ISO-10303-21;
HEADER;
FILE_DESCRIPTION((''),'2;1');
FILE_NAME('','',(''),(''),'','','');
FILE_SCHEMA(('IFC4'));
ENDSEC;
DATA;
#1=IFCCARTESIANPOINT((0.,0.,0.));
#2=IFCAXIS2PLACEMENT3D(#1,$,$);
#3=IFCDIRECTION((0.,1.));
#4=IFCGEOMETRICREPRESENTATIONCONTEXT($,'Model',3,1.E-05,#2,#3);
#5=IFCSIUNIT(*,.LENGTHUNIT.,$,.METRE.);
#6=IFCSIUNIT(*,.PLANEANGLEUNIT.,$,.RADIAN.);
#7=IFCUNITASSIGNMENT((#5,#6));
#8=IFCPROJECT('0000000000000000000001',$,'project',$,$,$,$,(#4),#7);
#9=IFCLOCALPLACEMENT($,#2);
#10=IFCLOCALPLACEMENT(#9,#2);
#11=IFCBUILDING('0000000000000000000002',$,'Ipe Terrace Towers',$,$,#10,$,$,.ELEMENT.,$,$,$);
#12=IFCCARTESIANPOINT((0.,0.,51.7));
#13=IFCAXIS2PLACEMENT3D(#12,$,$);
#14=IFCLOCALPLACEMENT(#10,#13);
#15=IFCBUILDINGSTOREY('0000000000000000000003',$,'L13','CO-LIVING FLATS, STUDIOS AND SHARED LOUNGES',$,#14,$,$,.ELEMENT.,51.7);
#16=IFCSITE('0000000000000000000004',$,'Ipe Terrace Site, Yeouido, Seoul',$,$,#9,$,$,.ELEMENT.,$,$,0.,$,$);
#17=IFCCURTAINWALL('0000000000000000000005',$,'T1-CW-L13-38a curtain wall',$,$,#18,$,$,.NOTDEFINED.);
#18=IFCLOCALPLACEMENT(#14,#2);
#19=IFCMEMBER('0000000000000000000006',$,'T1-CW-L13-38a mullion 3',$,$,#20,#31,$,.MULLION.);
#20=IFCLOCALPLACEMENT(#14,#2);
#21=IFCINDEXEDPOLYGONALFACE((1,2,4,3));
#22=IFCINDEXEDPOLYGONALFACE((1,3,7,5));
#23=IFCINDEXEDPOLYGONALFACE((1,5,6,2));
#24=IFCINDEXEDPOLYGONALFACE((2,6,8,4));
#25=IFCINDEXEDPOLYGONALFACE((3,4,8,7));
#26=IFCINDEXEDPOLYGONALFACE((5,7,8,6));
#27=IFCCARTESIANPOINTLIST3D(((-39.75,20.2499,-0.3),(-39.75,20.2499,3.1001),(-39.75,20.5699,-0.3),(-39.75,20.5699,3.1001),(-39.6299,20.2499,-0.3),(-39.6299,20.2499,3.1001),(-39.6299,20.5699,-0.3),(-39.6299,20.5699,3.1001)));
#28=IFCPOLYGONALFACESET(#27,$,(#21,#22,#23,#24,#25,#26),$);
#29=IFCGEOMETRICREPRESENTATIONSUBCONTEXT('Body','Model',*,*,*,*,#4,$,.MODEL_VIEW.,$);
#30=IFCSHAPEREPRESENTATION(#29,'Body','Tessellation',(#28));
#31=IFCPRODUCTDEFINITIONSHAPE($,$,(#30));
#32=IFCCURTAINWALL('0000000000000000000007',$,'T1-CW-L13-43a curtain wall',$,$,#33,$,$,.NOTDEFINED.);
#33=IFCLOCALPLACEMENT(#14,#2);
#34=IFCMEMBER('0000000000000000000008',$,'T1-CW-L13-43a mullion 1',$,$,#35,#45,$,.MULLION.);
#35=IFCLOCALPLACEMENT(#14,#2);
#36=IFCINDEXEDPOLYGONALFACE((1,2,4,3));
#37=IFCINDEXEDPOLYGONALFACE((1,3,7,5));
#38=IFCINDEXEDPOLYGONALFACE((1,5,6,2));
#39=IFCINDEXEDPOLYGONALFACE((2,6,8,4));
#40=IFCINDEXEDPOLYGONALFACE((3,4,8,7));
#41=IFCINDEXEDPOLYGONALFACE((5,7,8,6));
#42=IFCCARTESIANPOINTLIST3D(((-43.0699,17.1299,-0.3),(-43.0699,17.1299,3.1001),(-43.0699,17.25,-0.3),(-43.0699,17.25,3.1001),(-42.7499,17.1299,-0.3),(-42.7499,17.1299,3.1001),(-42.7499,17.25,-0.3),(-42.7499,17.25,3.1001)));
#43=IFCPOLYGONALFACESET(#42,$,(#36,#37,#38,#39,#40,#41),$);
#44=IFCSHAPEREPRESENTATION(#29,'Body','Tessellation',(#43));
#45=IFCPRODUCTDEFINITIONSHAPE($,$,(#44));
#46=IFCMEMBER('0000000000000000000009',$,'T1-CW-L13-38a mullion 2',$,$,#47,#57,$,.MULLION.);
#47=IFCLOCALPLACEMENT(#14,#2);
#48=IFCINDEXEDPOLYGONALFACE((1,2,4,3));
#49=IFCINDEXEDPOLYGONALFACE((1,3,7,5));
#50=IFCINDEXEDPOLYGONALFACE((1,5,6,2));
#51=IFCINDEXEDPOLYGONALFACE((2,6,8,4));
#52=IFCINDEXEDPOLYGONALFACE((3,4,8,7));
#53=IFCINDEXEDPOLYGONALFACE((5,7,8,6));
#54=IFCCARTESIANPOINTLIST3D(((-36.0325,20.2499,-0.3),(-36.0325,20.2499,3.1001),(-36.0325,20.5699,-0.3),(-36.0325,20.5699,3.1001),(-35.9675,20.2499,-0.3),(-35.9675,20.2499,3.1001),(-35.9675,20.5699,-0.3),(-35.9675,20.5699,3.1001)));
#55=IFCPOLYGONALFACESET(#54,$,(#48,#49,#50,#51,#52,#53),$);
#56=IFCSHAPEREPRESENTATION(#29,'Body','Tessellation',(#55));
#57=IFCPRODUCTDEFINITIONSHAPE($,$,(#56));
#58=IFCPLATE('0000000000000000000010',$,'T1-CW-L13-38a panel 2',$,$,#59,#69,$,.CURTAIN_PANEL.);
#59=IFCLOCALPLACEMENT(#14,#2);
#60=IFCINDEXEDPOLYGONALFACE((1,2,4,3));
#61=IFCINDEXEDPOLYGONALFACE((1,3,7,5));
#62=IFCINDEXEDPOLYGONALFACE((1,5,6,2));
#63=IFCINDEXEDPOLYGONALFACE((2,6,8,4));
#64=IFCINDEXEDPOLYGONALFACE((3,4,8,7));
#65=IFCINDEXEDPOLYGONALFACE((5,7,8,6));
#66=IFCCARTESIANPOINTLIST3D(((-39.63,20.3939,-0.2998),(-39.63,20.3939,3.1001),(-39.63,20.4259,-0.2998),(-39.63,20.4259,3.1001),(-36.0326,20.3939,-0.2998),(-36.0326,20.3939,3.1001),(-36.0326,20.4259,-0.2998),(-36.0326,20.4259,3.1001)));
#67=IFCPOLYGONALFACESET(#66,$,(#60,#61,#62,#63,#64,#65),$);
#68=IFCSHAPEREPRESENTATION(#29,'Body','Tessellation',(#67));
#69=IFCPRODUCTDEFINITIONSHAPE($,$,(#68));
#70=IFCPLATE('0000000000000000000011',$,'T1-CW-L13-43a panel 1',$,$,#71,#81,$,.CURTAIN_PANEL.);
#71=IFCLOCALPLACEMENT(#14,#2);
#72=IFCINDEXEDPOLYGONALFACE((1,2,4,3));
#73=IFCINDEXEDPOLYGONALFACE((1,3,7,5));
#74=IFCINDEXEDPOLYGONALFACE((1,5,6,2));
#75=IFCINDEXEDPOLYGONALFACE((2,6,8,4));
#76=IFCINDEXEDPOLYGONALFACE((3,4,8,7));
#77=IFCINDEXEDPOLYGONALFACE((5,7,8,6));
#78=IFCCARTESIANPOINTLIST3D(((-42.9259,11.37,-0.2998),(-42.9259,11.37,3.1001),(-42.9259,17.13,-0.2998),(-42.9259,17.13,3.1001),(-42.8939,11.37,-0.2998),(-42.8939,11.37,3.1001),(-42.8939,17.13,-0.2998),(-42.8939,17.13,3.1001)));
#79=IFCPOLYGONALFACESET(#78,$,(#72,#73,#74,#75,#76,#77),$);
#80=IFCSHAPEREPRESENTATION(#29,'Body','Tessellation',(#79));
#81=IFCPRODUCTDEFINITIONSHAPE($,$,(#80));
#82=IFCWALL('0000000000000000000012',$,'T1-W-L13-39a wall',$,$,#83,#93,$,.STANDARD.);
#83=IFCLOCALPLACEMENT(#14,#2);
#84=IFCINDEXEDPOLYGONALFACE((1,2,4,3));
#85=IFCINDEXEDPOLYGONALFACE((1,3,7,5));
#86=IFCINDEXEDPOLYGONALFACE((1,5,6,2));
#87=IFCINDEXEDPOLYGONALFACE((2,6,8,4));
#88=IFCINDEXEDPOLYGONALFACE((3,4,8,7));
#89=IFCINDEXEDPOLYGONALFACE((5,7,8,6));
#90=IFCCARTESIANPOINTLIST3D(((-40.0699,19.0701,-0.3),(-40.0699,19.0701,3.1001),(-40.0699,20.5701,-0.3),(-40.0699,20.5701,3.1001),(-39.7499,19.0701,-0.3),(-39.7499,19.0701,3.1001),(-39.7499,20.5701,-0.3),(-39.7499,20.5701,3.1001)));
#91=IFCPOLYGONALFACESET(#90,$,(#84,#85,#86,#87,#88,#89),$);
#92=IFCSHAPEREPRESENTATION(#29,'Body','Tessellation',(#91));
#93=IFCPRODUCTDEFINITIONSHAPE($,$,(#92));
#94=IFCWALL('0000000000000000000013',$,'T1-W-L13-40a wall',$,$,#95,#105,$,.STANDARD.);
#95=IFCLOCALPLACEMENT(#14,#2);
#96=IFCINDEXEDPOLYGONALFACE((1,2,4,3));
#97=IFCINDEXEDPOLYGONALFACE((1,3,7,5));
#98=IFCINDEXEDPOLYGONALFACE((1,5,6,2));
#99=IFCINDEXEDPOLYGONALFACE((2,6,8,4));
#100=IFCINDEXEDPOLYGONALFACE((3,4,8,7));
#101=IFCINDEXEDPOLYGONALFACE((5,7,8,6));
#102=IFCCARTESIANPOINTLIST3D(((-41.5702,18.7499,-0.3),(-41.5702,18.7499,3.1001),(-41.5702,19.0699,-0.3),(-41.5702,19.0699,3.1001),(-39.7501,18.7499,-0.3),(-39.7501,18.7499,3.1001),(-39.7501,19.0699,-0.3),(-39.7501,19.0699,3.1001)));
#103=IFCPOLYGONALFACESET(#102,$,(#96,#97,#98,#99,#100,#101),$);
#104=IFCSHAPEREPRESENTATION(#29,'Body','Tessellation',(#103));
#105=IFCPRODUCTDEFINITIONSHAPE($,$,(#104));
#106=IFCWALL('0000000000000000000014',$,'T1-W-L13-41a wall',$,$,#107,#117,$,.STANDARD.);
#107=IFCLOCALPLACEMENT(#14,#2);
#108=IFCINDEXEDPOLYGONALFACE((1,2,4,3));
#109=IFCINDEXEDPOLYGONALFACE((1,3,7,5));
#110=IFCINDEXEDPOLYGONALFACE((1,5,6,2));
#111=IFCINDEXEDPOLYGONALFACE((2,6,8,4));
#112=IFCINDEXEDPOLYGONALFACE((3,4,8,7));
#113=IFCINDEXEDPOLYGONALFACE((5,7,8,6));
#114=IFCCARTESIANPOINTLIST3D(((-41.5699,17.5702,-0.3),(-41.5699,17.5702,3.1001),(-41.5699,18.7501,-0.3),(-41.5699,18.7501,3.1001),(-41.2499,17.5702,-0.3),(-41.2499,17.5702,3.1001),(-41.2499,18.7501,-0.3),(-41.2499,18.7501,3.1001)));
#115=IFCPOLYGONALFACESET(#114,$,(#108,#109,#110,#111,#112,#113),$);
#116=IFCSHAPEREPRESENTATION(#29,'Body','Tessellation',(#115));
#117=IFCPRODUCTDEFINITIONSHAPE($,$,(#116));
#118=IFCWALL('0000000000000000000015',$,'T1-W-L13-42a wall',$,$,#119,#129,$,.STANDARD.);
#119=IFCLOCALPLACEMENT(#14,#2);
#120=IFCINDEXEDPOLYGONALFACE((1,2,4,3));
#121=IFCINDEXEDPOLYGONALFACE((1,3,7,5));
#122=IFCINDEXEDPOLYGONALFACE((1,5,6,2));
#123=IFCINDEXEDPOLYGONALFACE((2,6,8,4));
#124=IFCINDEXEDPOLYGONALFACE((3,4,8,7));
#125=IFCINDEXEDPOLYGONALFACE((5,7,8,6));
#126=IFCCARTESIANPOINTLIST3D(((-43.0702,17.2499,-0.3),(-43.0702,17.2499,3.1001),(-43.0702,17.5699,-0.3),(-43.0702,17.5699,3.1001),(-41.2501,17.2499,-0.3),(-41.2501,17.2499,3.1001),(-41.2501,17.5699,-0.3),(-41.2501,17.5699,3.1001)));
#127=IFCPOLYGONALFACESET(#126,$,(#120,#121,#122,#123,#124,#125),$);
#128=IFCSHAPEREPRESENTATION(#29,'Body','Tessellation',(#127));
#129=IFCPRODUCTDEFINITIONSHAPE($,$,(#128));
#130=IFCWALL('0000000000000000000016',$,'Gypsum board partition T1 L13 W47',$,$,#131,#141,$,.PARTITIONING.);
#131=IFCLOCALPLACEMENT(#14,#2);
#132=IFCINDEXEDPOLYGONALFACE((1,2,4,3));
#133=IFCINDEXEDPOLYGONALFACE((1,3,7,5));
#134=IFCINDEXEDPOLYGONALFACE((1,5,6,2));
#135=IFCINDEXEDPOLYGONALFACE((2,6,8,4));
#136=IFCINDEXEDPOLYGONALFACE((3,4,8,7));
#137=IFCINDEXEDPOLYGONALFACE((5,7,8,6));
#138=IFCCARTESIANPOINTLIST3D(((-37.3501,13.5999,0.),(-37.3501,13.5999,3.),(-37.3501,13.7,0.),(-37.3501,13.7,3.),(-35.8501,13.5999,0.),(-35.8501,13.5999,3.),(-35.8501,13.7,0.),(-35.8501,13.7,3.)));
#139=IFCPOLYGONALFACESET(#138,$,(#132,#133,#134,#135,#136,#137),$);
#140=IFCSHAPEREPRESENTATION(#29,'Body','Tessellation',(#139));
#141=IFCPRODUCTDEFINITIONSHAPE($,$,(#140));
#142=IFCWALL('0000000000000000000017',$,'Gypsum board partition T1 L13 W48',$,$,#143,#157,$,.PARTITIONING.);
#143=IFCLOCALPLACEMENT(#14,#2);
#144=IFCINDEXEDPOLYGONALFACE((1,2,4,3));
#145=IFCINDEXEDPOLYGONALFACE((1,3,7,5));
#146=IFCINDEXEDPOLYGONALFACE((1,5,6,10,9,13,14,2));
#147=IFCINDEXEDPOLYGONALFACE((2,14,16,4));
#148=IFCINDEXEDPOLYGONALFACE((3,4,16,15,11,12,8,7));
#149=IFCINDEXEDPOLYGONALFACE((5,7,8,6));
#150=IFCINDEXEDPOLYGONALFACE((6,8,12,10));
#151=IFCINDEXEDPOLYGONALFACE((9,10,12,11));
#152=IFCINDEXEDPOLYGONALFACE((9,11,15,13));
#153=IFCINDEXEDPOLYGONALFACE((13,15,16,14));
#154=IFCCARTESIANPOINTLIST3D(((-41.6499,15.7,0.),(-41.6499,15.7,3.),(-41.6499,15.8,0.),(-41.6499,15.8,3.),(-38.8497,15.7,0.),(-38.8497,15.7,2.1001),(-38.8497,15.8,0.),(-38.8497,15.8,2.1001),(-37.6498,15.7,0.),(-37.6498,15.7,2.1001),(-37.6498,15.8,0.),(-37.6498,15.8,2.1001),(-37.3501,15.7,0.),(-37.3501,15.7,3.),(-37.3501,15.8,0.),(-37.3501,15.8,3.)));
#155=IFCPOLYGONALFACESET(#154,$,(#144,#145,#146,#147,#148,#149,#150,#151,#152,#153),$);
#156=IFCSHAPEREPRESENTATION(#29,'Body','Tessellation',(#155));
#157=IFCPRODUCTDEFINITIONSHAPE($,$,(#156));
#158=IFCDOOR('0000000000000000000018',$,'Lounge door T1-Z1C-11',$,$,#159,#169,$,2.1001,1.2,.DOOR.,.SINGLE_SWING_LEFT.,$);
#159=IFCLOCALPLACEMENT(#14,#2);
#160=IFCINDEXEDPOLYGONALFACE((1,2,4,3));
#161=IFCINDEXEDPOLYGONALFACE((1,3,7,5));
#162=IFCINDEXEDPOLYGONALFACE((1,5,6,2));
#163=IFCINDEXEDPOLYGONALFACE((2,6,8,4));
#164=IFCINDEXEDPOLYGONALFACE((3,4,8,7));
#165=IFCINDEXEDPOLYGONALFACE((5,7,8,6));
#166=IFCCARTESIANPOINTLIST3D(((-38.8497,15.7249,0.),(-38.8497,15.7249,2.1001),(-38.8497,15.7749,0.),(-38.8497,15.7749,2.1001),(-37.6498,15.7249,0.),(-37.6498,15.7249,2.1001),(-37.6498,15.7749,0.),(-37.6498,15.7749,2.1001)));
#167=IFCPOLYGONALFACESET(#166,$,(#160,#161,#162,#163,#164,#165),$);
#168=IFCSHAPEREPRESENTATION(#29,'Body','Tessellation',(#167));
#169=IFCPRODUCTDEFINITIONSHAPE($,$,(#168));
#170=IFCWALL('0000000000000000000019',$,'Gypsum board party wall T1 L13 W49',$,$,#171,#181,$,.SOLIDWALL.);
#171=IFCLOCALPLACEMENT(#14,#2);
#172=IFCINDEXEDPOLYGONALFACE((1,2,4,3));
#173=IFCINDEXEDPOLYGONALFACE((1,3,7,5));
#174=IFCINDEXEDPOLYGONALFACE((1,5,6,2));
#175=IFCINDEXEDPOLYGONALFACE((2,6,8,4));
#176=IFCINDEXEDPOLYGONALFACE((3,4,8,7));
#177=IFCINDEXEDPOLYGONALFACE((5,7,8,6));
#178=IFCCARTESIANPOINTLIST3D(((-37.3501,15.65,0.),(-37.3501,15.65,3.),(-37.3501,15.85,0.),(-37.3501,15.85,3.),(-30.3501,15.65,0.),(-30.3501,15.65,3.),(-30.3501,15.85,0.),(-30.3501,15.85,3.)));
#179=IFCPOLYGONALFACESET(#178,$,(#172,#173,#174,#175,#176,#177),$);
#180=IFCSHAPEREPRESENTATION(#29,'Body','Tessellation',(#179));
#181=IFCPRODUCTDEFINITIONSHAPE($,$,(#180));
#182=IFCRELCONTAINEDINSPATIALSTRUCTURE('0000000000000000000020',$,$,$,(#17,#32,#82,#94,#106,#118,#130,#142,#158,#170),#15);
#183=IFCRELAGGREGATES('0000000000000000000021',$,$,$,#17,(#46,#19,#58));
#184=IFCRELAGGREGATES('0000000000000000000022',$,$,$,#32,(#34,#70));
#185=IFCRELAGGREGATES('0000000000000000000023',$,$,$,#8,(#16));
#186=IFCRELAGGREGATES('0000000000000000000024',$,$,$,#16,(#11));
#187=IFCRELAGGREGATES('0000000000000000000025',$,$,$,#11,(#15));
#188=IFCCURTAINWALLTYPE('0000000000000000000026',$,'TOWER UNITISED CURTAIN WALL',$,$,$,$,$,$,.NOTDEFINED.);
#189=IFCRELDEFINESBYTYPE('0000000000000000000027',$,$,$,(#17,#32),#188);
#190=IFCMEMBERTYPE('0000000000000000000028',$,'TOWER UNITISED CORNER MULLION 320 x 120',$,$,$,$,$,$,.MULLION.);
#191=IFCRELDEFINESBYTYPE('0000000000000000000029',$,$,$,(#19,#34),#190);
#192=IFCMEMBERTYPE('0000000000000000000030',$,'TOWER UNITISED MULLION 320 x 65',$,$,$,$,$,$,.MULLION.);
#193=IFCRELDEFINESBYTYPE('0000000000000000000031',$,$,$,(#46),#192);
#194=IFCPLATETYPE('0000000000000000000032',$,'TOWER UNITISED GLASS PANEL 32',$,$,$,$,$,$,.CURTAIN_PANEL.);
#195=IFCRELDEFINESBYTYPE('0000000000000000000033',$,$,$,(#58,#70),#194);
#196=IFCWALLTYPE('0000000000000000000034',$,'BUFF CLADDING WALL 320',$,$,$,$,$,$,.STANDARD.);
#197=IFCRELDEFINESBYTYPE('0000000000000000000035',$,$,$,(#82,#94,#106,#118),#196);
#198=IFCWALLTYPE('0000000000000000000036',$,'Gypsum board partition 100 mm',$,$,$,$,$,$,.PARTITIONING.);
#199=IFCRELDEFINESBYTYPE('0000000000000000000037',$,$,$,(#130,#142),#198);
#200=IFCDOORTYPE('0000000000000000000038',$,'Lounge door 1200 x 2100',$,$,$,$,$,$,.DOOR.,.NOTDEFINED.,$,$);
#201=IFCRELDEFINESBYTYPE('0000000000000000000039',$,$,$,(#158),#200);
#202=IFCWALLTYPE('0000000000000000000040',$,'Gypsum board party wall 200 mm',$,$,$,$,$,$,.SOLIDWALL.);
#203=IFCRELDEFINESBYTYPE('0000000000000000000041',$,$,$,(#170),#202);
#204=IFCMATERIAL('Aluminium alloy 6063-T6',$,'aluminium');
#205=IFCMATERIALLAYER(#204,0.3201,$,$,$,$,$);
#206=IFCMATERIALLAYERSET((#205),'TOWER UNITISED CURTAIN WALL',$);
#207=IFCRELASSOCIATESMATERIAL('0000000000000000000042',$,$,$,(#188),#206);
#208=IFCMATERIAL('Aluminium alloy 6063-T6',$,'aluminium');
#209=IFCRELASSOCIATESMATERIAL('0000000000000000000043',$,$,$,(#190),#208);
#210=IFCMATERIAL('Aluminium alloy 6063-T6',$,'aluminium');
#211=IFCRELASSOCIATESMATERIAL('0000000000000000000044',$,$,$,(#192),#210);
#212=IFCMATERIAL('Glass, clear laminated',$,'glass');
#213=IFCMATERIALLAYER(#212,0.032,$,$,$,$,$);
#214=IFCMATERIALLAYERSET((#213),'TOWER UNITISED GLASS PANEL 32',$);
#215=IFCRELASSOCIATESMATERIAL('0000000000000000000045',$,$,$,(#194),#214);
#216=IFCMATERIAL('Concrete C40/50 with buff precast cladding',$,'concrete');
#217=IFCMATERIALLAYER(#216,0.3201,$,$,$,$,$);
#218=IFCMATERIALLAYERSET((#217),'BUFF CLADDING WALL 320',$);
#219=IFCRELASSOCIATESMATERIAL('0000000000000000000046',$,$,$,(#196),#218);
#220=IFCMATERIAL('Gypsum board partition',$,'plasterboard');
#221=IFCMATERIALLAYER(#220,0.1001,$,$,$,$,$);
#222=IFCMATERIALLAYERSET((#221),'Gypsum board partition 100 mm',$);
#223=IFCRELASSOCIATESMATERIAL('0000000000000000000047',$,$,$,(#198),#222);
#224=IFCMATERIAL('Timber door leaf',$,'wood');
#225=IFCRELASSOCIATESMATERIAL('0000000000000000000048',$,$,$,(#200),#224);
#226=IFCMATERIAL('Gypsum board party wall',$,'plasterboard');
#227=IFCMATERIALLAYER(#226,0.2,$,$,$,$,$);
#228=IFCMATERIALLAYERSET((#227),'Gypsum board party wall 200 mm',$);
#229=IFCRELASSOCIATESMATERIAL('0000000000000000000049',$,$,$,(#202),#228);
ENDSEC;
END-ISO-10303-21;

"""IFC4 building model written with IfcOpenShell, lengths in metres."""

from ifc_helpers import new_model, si_unit, direction, frame, frame_2d, origin, origin_2d, place, context, subcontext, project, spatial, rectangle, extrude, material, layer, layer_set, material_profile, profile_set, type_object, element, fill, aggregate, save


model = new_model("IFC4")

# Units and contexts
model_context = context("Model", 3, precision=1e-05, world=origin(), true_north=direction((0.0, 1.0)))
body_context = subcontext(model_context, "Body", "Model", "MODEL_VIEW")
ifc_project = project(units=[si_unit("LENGTHUNIT", "METRE"), si_unit("PLANEANGLEUNIT", "RADIAN")], contexts=[model_context])

# Site, building, storey
site_placement = place(None, origin())
site = spatial("IfcSite", under=ifc_project, at=site_placement, Name="Ipe Terrace Site, Yeouido, Seoul", CompositionType="ELEMENT", RefElevation=0.0)
building_placement = place(site_placement, origin())
building = spatial("IfcBuilding", under=site, at=building_placement, Name="Ipe Terrace Towers", CompositionType="ELEMENT")
storey_placement = place(building_placement, frame((0.0, 0.0, 51.7)))
storey = spatial("IfcBuildingStorey", under=building, at=storey_placement, Name="L13", Description="CO-LIVING FLATS, STUDIOS AND SHARED LOUNGES", CompositionType="ELEMENT", Elevation=51.7)

# Curtain walls, members
ifc_material_1 = material(Name="Aluminium alloy 6063-T6", Category="aluminium")
ifc_layer_1 = layer(ifc_material_1, 0.3201)
ifc_layer_set_1 = layer_set([ifc_layer_1], Name="TOWER UNITISED CURTAIN WALL")
curtain_wall_type = type_object("IfcCurtainWallType", Name="TOWER UNITISED CURTAIN WALL", PredefinedType="NOTDEFINED", material=ifc_layer_set_1)
curtain_wall_1_placement = place(storey_placement, origin())
curtain_wall_1 = element("IfcCurtainWall", 1, at=curtain_wall_1_placement, inside=storey, type_object=curtain_wall_type, Name="T1-CW-L13-38a curtain wall", PredefinedType="NOTDEFINED")
ifc_material_2 = material(Name="Aluminium alloy 6063-T6", Category="aluminium")
ifc_material_profile_1 = material_profile(ifc_material_2, rectangle(XDim=0.3201, YDim=0.1201, at=origin_2d()), Name="TOWER UNITISED CORNER MULLION 320 x 120")
ifc_profile_set_1 = profile_set([ifc_material_profile_1], Name="Aluminium alloy 6063-T6")
member_type_1 = type_object("IfcMemberType", Name="TOWER UNITISED CORNER MULLION 320 x 120", PredefinedType="MULLION", material=ifc_profile_set_1)
member_1_placement = place(storey_placement, frame((-39.6899, 20.4099, -0.3), z_axis=(0.0, 0.0, 1.0), x_axis=(0.0, 1.0, 0.0)))
member_1 = element("IfcMember", 2, at=member_1_placement, type_object=member_type_1, Name="T1-CW-L13-38a mullion 3", PredefinedType="MULLION", context=body_context, shape_type="SweptSolid", body=[
    extrude(rectangle(XDim=0.3201, YDim=0.1201, at=origin_2d()), origin(), (0.0, 0.0, 1.0), 3.4001),
])
curtain_wall_2_placement = place(storey_placement, origin())
curtain_wall_2 = element("IfcCurtainWall", 3, at=curtain_wall_2_placement, inside=storey, type_object=curtain_wall_type, Name="T1-CW-L13-43a curtain wall", PredefinedType="NOTDEFINED")
member_2_placement = place(storey_placement, frame((-42.9099, 17.1899, -0.3), z_axis=(0.0, 0.0, 1.0), x_axis=(-1.0, 0.0, 0.0)))
member_2 = element("IfcMember", 4, at=member_2_placement, type_object=member_type_1, Name="T1-CW-L13-43a mullion 1", PredefinedType="MULLION", context=body_context, shape_type="SweptSolid", body=[
    extrude(rectangle(XDim=0.3201, YDim=0.1201, at=origin_2d()), origin(), (0.0, 0.0, 1.0), 3.4001),
])

# Member
ifc_material_3 = material(Name="Aluminium alloy 6063-T6", Category="aluminium")
ifc_material_profile_2 = material_profile(ifc_material_3, rectangle(XDim=0.3201, YDim=0.0649, at=origin_2d()), Name="TOWER UNITISED MULLION 320 x 65")
ifc_profile_set_2 = profile_set([ifc_material_profile_2], Name="Aluminium alloy 6063-T6")
member_type_2 = type_object("IfcMemberType", Name="TOWER UNITISED MULLION 320 x 65", PredefinedType="MULLION", material=ifc_profile_set_2)
member_3_placement = place(storey_placement, frame((-36.0, 20.4099, -0.3), z_axis=(0.0, 0.0, 1.0), x_axis=(0.0, 1.0, 0.0)))
member_3 = element("IfcMember", 5, at=member_3_placement, type_object=member_type_2, Name="T1-CW-L13-38a mullion 2", PredefinedType="MULLION", context=body_context, shape_type="SweptSolid", body=[
    extrude(rectangle(XDim=0.3201, YDim=0.0649, at=origin_2d()), origin(), (0.0, 0.0, 1.0), 3.4001),
])

# Plates
ifc_material_4 = material(Name="Glass, clear laminated", Category="glass")
ifc_layer_2 = layer(ifc_material_4, 0.032)
ifc_layer_set_2 = layer_set([ifc_layer_2], Name="TOWER UNITISED GLASS PANEL 32")
plate_type = type_object("IfcPlateType", Name="TOWER UNITISED GLASS PANEL 32", PredefinedType="CURTAIN_PANEL", material=ifc_layer_set_2)
plate_1_placement = place(storey_placement, frame((-37.8313, 20.4099, -0.2998), z_axis=(0.0, 0.0, 1.0), x_axis=(-1.0, 0.0, 0.0)))
plate_1 = element("IfcPlate", 6, at=plate_1_placement, type_object=plate_type, Name="T1-CW-L13-38a panel 2", PredefinedType="CURTAIN_PANEL", context=body_context, shape_type="SweptSolid", body=[
    extrude(rectangle(XDim=3.5974, YDim=0.032, at=origin_2d()), origin(), (0.0, 0.0, 1.0), 3.3999),
])
aggregate(curtain_wall_1, [member_3, member_1, plate_1])
plate_2_placement = place(storey_placement, frame((-42.9099, 14.25, -0.2998), z_axis=(0.0, 0.0, 1.0), x_axis=(0.0, -1.0, 0.0)))
plate_2 = element("IfcPlate", 7, at=plate_2_placement, type_object=plate_type, Name="T1-CW-L13-43a panel 1", PredefinedType="CURTAIN_PANEL", context=body_context, shape_type="SweptSolid", body=[
    extrude(rectangle(XDim=5.76, YDim=0.032, at=origin_2d()), origin(), (0.0, 0.0, 1.0), 3.3999),
])
aggregate(curtain_wall_2, [member_2, plate_2])

# Walls
ifc_material_5 = material(Name="Concrete C40/50 with buff precast cladding", Category="concrete")
ifc_layer_3 = layer(ifc_material_5, 0.3201)
ifc_layer_set_3 = layer_set([ifc_layer_3], Name="BUFF CLADDING WALL 320")
wall_type_1 = type_object("IfcWallType", Name="BUFF CLADDING WALL 320", PredefinedType="STANDARD", material=ifc_layer_set_3)
wall_1_placement = place(storey_placement, frame((-39.9099, 20.5701, -0.3), z_axis=(0.0, 0.0, 1.0), x_axis=(0.0, -1.0, 0.0)))
element("IfcWall", 8, at=wall_1_placement, inside=storey, type_object=wall_type_1, Name="T1-W-L13-39a wall", PredefinedType="STANDARD", context=body_context, shape_type="SweptSolid", body=[
    extrude(rectangle(XDim=1.5, YDim=0.3201, at=frame_2d((0.75, 0.0))), origin(), (0.0, 0.0, 1.0), 3.4001),
])
wall_2_placement = place(storey_placement, frame((-39.75, 18.9099, -0.3), z_axis=(0.0, 0.0, 1.0), x_axis=(-1.0, 0.0, 0.0)))
element("IfcWall", 9, at=wall_2_placement, inside=storey, type_object=wall_type_1, Name="T1-W-L13-40a wall", PredefinedType="STANDARD", context=body_context, shape_type="SweptSolid", body=[
    extrude(rectangle(XDim=1.8201, YDim=0.3201, at=frame_2d((0.9102, 0.0))), origin(), (0.0, 0.0, 1.0), 3.4001),
])
wall_3_placement = place(storey_placement, frame((-41.4099, 18.75, -0.3), z_axis=(0.0, 0.0, 1.0), x_axis=(0.0, -1.0, 0.0)))
element("IfcWall", 10, at=wall_3_placement, inside=storey, type_object=wall_type_1, Name="T1-W-L13-41a wall", PredefinedType="STANDARD", context=body_context, shape_type="SweptSolid", body=[
    extrude(rectangle(XDim=1.1799, YDim=0.3201, at=frame_2d((0.5898, 0.0))), origin(), (0.0, 0.0, 1.0), 3.4001),
])
wall_4_placement = place(storey_placement, frame((-41.25, 17.4099, -0.3), z_axis=(0.0, 0.0, 1.0), x_axis=(-1.0, 0.0, 0.0)))
element("IfcWall", 11, at=wall_4_placement, inside=storey, type_object=wall_type_1, Name="T1-W-L13-42a wall", PredefinedType="STANDARD", context=body_context, shape_type="SweptSolid", body=[
    extrude(rectangle(XDim=1.8201, YDim=0.3201, at=frame_2d((0.9102, 0.0))), origin(), (0.0, 0.0, 1.0), 3.4001),
])
ifc_material_6 = material(Name="Gypsum board partition", Category="plasterboard")
ifc_layer_4 = layer(ifc_material_6, 0.1001)
ifc_layer_set_4 = layer_set([ifc_layer_4], Name="Gypsum board partition 100 mm")
wall_type_2 = type_object("IfcWallType", Name="Gypsum board partition 100 mm", PredefinedType="PARTITIONING", material=ifc_layer_set_4)
wall_5_placement = place(storey_placement, frame((-37.3501, 13.6499, 0.0), z_axis=(0.0, 0.0, 1.0), x_axis=(1.0, 0.0, 0.0)))
element("IfcWall", 12, at=wall_5_placement, inside=storey, type_object=wall_type_2, Name="Gypsum board partition T1 L13 W47", PredefinedType="PARTITIONING", context=body_context, shape_type="SweptSolid", body=[
    extrude(rectangle(XDim=1.5, YDim=0.1001, at=frame_2d((0.75, 0.0))), origin(), (0.0, 0.0, 1.0), 3.0),
])

# Wall, opening, door
wall_6_placement = place(storey_placement, frame((-41.6499, 15.75, 0.0), z_axis=(0.0, 0.0, 1.0), x_axis=(1.0, 0.0, 0.0)))
wall_6 = element("IfcWall", 13, at=wall_6_placement, inside=storey, type_object=wall_type_2, Name="Gypsum board partition T1 L13 W48", PredefinedType="PARTITIONING", context=body_context, shape_type="SweptSolid", body=[
    extrude(rectangle(XDim=4.2998, YDim=0.1001, at=frame_2d((2.1499, 0.0))), origin(), (0.0, 0.0, 1.0), 3.0),
])
opening_placement = place(wall_6_placement, frame((2.8, 0.0, 0.0)))
opening = element("IfcOpeningElement", 14, at=opening_placement, cuts=wall_6, PredefinedType="OPENING", context=body_context, shape_type="SweptSolid", body=[
    extrude(rectangle(XDim=1.2, YDim=2.1001, at=frame_2d((0.6001, 1.05))), frame((0.0, 0.0601, 0.0), z_axis=(0.0, -1.0, 0.0), x_axis=(1.0, 0.0, 0.0)), (0.0, 0.0, 1.0), 0.1201),
])
ifc_material_7 = material(Name="Timber door leaf", Category="wood")
door_type = type_object("IfcDoorType", Name="Lounge door 1200 x 2100", OperationType="NOTDEFINED", PredefinedType="DOOR", material=ifc_material_7)
door_placement = place(opening_placement, origin())
door = element("IfcDoor", 15, at=door_placement, inside=storey, type_object=door_type, Name="Lounge door T1-Z1C-11", OperationType="SINGLE_SWING_LEFT", OverallHeight=2.1001, OverallWidth=1.2, PredefinedType="DOOR", context=body_context, shape_type="SweptSolid", body=[
    extrude(rectangle(XDim=1.2, YDim=2.1001, at=frame_2d((0.6001, 1.05))), frame((0.0, 0.0249, 0.0), z_axis=(0.0, -1.0, 0.0), x_axis=(1.0, 0.0, 0.0)), (0.0, 0.0, 1.0), 0.05),
])
fill(opening, door)

# Wall
ifc_material_8 = material(Name="Gypsum board party wall", Category="plasterboard")
ifc_layer_5 = layer(ifc_material_8, 0.2)
ifc_layer_set_5 = layer_set([ifc_layer_5], Name="Gypsum board party wall 200 mm")
wall_type_3 = type_object("IfcWallType", Name="Gypsum board party wall 200 mm", PredefinedType="SOLIDWALL", material=ifc_layer_set_5)
wall_7_placement = place(storey_placement, frame((-37.3501, 15.75, 0.0), z_axis=(0.0, 0.0, 1.0), x_axis=(1.0, 0.0, 0.0)))
element("IfcWall", 16, at=wall_7_placement, inside=storey, type_object=wall_type_3, Name="Gypsum board party wall T1 L13 W49", PredefinedType="SOLIDWALL", context=body_context, shape_type="SweptSolid", body=[
    extrude(rectangle(XDim=7.0, YDim=0.2, at=frame_2d((3.5, 0.0))), origin(), (0.0, 0.0, 1.0), 3.0),
])

save(model, "model.ifc")
